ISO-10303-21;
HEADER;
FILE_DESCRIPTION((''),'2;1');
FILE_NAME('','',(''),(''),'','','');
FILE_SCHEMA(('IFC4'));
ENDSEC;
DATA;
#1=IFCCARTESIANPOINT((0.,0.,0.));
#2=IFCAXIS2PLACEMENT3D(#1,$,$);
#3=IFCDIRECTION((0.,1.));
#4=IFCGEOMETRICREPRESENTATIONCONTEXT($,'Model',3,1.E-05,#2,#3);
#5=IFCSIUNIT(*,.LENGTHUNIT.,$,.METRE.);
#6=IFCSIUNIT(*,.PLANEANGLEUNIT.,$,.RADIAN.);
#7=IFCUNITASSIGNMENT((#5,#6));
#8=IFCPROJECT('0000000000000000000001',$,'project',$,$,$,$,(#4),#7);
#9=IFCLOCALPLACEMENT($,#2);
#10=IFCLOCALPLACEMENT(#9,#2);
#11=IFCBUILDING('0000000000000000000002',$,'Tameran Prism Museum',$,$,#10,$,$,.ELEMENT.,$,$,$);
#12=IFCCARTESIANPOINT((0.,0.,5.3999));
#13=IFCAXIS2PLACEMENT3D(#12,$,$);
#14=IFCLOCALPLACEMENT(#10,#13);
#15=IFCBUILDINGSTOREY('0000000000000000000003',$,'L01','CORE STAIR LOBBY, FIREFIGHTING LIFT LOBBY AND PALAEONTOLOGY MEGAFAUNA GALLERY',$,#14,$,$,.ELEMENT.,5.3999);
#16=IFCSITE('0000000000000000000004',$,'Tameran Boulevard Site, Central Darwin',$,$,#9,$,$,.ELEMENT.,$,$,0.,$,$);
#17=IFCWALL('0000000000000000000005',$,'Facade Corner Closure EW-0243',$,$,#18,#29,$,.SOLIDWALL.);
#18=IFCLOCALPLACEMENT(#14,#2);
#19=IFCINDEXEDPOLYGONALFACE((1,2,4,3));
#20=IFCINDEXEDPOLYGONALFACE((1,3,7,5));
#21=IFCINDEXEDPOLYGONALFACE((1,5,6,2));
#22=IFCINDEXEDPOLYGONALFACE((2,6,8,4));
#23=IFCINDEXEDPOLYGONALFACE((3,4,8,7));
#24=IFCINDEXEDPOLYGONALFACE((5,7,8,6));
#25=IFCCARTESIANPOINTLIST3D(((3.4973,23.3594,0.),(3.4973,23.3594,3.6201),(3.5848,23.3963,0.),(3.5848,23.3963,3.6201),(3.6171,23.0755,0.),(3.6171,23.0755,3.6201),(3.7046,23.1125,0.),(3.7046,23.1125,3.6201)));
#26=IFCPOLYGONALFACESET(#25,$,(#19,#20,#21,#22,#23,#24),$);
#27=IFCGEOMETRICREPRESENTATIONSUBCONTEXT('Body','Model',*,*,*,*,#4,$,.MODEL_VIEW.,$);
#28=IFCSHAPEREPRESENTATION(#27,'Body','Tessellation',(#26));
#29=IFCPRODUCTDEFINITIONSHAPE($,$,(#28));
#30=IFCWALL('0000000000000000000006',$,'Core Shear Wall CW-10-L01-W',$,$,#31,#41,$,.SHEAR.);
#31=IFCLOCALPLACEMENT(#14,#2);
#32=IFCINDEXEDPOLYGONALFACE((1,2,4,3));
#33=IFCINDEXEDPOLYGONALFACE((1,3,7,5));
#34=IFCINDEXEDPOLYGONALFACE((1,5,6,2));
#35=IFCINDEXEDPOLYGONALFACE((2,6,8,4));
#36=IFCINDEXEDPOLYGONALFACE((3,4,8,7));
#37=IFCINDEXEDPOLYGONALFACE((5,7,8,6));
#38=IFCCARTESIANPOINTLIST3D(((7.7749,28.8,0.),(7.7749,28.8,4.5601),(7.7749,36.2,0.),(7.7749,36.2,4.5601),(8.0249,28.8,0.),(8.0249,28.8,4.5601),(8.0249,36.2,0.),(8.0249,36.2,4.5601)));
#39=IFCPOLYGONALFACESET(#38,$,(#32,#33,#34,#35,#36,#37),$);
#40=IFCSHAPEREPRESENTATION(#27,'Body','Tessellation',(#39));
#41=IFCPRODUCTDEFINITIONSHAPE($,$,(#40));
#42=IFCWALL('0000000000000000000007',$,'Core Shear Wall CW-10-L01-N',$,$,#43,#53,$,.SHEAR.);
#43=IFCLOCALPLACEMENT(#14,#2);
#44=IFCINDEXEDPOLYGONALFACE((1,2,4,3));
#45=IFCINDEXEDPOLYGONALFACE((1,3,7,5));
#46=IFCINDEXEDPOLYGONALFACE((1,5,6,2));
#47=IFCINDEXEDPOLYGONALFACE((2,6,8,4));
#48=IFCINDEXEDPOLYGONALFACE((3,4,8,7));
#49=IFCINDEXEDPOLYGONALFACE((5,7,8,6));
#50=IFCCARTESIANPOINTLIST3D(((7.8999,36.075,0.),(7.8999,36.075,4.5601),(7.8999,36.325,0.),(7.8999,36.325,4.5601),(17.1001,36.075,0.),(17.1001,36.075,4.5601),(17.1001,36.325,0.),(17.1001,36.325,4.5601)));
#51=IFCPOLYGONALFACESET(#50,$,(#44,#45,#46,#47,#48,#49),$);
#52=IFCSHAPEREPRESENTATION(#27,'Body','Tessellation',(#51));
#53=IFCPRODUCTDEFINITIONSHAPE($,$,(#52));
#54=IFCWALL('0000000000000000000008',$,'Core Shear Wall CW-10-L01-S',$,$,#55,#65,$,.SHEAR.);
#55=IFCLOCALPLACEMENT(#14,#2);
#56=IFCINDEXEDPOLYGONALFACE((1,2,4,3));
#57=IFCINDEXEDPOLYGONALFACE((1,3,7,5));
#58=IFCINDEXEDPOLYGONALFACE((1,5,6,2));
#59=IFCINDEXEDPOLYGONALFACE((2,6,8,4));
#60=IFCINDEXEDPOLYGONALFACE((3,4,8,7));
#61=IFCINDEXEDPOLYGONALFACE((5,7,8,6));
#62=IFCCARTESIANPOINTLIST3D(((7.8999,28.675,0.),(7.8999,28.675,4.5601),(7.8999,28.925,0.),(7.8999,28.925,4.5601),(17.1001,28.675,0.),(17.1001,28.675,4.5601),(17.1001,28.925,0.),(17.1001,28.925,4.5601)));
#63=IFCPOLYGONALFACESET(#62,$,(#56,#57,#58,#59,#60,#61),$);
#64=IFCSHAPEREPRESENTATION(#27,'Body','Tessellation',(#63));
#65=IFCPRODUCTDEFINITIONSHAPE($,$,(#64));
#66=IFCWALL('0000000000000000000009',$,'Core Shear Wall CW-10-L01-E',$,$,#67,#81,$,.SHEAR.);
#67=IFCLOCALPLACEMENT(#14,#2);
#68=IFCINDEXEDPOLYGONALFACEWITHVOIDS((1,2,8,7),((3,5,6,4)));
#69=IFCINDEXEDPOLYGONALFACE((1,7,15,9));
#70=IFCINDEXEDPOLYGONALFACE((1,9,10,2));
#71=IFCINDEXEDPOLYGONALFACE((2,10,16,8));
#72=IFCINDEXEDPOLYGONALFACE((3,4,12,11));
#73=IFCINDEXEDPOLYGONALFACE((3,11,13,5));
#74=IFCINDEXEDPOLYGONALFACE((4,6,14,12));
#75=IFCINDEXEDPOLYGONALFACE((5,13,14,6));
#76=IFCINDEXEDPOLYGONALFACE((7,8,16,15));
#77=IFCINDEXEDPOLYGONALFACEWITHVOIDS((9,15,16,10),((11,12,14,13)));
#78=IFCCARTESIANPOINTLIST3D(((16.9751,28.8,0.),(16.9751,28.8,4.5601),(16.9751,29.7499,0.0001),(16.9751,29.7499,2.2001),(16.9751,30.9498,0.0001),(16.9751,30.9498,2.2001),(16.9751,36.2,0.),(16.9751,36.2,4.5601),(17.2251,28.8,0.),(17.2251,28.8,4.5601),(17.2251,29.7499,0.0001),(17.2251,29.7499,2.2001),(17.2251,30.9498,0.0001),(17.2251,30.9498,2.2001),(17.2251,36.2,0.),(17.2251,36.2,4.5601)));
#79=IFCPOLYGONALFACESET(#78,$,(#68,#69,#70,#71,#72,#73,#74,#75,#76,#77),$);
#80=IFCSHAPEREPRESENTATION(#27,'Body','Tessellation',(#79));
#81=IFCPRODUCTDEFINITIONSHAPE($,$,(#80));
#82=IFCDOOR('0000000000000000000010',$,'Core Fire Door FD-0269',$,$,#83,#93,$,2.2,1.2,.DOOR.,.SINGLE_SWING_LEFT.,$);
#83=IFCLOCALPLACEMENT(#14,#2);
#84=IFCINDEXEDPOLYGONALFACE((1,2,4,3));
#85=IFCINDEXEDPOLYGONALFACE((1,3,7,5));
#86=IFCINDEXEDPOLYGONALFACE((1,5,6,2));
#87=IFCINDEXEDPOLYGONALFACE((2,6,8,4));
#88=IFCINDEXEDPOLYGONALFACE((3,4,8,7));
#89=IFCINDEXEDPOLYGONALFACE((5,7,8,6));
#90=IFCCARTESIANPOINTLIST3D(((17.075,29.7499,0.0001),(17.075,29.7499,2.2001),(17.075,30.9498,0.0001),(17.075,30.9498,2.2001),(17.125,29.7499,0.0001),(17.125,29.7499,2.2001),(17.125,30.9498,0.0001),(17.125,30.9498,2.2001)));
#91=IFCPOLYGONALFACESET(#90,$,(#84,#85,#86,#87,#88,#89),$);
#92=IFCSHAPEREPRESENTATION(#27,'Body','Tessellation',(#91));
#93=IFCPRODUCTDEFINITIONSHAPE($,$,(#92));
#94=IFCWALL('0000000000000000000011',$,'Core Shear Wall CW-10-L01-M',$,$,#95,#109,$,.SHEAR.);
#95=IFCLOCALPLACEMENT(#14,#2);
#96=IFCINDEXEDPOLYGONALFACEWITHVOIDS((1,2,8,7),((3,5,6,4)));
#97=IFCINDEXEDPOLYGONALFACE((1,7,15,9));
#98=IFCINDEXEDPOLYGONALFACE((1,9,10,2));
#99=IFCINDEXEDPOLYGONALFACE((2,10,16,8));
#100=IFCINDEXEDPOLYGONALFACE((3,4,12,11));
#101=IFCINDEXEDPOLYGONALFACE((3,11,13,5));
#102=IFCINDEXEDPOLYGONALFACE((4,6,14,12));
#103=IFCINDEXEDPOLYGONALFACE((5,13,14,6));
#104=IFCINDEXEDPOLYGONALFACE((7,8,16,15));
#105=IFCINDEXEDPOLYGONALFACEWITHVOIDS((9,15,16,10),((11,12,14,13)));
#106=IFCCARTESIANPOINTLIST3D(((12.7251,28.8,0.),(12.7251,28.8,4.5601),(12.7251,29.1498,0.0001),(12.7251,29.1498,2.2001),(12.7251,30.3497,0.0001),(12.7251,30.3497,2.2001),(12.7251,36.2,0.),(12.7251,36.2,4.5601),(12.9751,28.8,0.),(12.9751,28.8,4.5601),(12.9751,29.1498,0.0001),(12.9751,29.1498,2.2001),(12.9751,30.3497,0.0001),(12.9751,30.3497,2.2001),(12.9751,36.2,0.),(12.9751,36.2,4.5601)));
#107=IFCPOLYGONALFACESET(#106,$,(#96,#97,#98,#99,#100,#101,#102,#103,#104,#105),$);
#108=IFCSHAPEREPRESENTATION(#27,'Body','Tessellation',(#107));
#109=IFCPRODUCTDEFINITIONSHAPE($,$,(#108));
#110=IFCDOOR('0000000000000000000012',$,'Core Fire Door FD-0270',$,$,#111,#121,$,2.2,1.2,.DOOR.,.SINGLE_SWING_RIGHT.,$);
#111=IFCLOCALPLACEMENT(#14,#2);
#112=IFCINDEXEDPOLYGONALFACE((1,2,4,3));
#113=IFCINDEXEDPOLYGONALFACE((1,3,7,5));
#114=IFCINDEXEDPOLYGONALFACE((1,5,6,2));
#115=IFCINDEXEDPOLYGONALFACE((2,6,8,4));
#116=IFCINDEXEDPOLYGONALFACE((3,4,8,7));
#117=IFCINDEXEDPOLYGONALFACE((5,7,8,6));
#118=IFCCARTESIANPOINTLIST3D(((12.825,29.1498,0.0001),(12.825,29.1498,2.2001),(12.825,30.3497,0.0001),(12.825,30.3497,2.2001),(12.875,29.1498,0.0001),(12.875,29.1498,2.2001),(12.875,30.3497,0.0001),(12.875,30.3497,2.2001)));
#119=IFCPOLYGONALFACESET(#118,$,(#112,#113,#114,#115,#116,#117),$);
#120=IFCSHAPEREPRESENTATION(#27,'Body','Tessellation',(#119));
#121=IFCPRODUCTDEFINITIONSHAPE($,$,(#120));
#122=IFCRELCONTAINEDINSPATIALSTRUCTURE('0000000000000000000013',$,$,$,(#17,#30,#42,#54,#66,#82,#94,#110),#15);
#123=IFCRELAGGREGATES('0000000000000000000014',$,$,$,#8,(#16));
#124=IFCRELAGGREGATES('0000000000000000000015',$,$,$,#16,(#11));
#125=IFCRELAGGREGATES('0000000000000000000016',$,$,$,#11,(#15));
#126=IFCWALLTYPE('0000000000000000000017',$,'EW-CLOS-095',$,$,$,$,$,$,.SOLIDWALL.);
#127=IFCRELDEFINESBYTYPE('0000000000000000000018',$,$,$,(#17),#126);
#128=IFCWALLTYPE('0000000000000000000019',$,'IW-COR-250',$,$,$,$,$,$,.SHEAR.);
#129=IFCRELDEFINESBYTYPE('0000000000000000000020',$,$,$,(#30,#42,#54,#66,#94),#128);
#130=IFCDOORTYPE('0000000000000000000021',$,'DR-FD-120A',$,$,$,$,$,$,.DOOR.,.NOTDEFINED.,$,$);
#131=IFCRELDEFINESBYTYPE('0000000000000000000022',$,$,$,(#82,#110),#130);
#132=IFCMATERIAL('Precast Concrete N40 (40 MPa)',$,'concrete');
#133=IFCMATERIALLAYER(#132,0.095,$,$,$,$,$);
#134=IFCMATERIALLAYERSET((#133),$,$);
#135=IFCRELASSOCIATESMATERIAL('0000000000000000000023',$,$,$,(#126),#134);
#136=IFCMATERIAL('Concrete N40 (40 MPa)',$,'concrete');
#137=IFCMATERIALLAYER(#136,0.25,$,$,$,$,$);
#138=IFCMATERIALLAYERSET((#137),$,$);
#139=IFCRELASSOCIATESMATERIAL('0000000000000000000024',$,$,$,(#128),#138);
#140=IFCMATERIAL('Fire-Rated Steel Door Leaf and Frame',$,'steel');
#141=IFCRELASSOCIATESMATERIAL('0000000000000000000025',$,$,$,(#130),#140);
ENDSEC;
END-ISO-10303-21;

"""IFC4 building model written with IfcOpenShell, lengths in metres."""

from ifc_helpers import new_model, si_unit, direction, frame, frame_2d, origin, place, context, subcontext, project, spatial, rectangle, extrude, material, layer, layer_set, type_object, element, fill, save


model = new_model("IFC4")

# Units and contexts
model_context = context("Model", 3, precision=1e-05, world=origin(), true_north=direction((0.0, 1.0)))
body_context = subcontext(model_context, "Body", "Model", "MODEL_VIEW")
ifc_project = project(units=[si_unit("LENGTHUNIT", "METRE"), si_unit("PLANEANGLEUNIT", "RADIAN")], contexts=[model_context])

# Site, building, storey
site_placement = place(None, origin())
site = spatial("IfcSite", under=ifc_project, at=site_placement, Name="Tameran Boulevard Site, Central Darwin", CompositionType="ELEMENT", RefElevation=0.0)
building_placement = place(site_placement, origin())
building = spatial("IfcBuilding", under=site, at=building_placement, Name="Tameran Prism Museum", CompositionType="ELEMENT")
storey_placement = place(building_placement, frame((0.0, 0.0, 5.3999)))
storey = spatial("IfcBuildingStorey", under=building, at=storey_placement, Name="L01", Description="CORE STAIR LOBBY, FIREFIGHTING LIFT LOBBY AND PALAEONTOLOGY MEGAFAUNA GALLERY", CompositionType="ELEMENT", Elevation=5.3999)

# Walls
ifc_material_1 = material(Name="Precast Concrete N40 (40 MPa)", Category="concrete")
ifc_layer_1 = layer(ifc_material_1, 0.095)
ifc_layer_set_1 = layer_set([ifc_layer_1])
wall_type_1 = type_object("IfcWallType", Name="EW-CLOS-095", PredefinedType="SOLIDWALL", material=ifc_layer_set_1)
wall_1_placement = place(storey_placement, frame((3.6609, 23.094, 0.0), z_axis=(0.0, 0.0, 1.0), x_axis=(-0.388942, 0.921262, 0.0)))
element("IfcWall", 1, at=wall_1_placement, inside=storey, type_object=wall_type_1, Name="Facade Corner Closure EW-0243", PredefinedType="SOLIDWALL", context=body_context, shape_type="SweptSolid", body=[
    extrude(rectangle(XDim=0.3081, YDim=0.095, at=frame_2d((0.1541, 0.0))), origin(), (0.0, 0.0, 1.0), 3.6201),
])
ifc_material_2 = material(Name="Concrete N40 (40 MPa)", Category="concrete")
ifc_layer_2 = layer(ifc_material_2, 0.25)
ifc_layer_set_2 = layer_set([ifc_layer_2])
wall_type_2 = type_object("IfcWallType", Name="IW-COR-250", PredefinedType="SHEAR", material=ifc_layer_set_2)
wall_2_placement = place(storey_placement, frame((7.8999, 28.8, 0.0), z_axis=(0.0, 0.0, 1.0), x_axis=(0.0, 1.0, 0.0)))
element("IfcWall", 2, at=wall_2_placement, inside=storey, type_object=wall_type_2, Name="Core Shear Wall CW-10-L01-W", PredefinedType="SHEAR", context=body_context, shape_type="SweptSolid", body=[
    extrude(rectangle(XDim=7.3999, YDim=0.25, at=frame_2d((3.7, 0.0))), origin(), (0.0, 0.0, 1.0), 4.5601),
])
for number, where, z_axis, x_axis, name in (
    (3, (7.8999, 36.2, 0.0), (0.0, 0.0, 1.0), (1.0, 0.0, 0.0), "Core Shear Wall CW-10-L01-N"),
    (4, (17.1001, 28.8, 0.0), (0.0, 0.0, 1.0), (-1.0, 0.0, 0.0), "Core Shear Wall CW-10-L01-S"),
):
    element("IfcWall", number, at=place(storey_placement, frame(where, z_axis=z_axis, x_axis=x_axis)), inside=storey, type_object=wall_type_2, Name=name, PredefinedType="SHEAR", context=body_context, shape_type="SweptSolid", body=[
        extrude(rectangle(XDim=9.2002, YDim=0.25, at=frame_2d((4.6001, 0.0))), origin(), (0.0, 0.0, 1.0), 4.5601),
    ])

# Walls, openings, doors
wall_3_placement = place(storey_placement, frame((17.1001, 36.2, 0.0), z_axis=(0.0, 0.0, 1.0), x_axis=(0.0, -1.0, 0.0)))
wall_3 = element("IfcWall", 5, at=wall_3_placement, inside=storey, type_object=wall_type_2, Name="Core Shear Wall CW-10-L01-E", PredefinedType="SHEAR", context=body_context, shape_type="SweptSolid", body=[
    extrude(rectangle(XDim=7.3999, YDim=0.25, at=frame_2d((3.7, 0.0))), origin(), (0.0, 0.0, 1.0), 4.5601),
])
opening_1_placement = place(wall_3_placement, frame((5.25, 0.0, 0.0)))
opening_1 = element("IfcOpeningElement", 6, at=opening_1_placement, cuts=wall_3, PredefinedType="OPENING", context=body_context, shape_type="SweptSolid", body=[
    extrude(rectangle(XDim=1.2, YDim=2.2, at=frame_2d((0.6001, 1.1001))), frame((0.0, 0.135, 0.0), z_axis=(0.0, -1.0, 0.0), x_axis=(1.0, 0.0, 0.0)), (0.0, 0.0, 1.0), 0.27),
])
ifc_material_3 = material(Name="Fire-Rated Steel Door Leaf and Frame", Category="steel")
door_type = type_object("IfcDoorType", Name="DR-FD-120A", OperationType="NOTDEFINED", PredefinedType="DOOR", material=ifc_material_3)
door_1_placement = place(opening_1_placement, origin())
door_1 = element("IfcDoor", 7, at=door_1_placement, inside=storey, type_object=door_type, Name="Core Fire Door FD-0269", OperationType="SINGLE_SWING_LEFT", OverallHeight=2.2, OverallWidth=1.2, PredefinedType="DOOR", context=body_context, shape_type="SweptSolid", body=[
    extrude(rectangle(XDim=1.2, YDim=2.2, at=frame_2d((0.6001, 1.1001))), frame((0.0, 0.0249, 0.0), z_axis=(0.0, -1.0, 0.0), x_axis=(1.0, 0.0, 0.0)), (0.0, 0.0, 1.0), 0.05),
])
fill(opening_1, door_1)
wall_4_placement = place(storey_placement, frame((12.8501, 36.2, 0.0), z_axis=(0.0, 0.0, 1.0), x_axis=(0.0, -1.0, 0.0)))
wall_4 = element("IfcWall", 8, at=wall_4_placement, inside=storey, type_object=wall_type_2, Name="Core Shear Wall CW-10-L01-M", PredefinedType="SHEAR", context=body_context, shape_type="SweptSolid", body=[
    extrude(rectangle(XDim=7.3999, YDim=0.25, at=frame_2d((3.7, 0.0))), origin(), (0.0, 0.0, 1.0), 4.5601),
])
opening_2_placement = place(wall_4_placement, frame((5.8501, 0.0, 0.0)))
opening_2 = element("IfcOpeningElement", 9, at=opening_2_placement, cuts=wall_4, PredefinedType="OPENING", context=body_context, shape_type="SweptSolid", body=[
    extrude(rectangle(XDim=1.2, YDim=2.2, at=frame_2d((0.6001, 1.1001))), frame((0.0, 0.135, 0.0), z_axis=(0.0, -1.0, 0.0), x_axis=(1.0, 0.0, 0.0)), (0.0, 0.0, 1.0), 0.27),
])
door_2_placement = place(opening_2_placement, origin())
door_2 = element("IfcDoor", 10, at=door_2_placement, inside=storey, type_object=door_type, Name="Core Fire Door FD-0270", OperationType="SINGLE_SWING_RIGHT", OverallHeight=2.2, OverallWidth=1.2, PredefinedType="DOOR", context=body_context, shape_type="SweptSolid", body=[
    extrude(rectangle(XDim=1.2, YDim=2.2, at=frame_2d((0.6001, 1.1001))), frame((0.0, 0.0249, 0.0), z_axis=(0.0, -1.0, 0.0), x_axis=(1.0, 0.0, 0.0)), (0.0, 0.0, 1.0), 0.05),
])
fill(opening_2, door_2)

save(model, "model.ifc")
